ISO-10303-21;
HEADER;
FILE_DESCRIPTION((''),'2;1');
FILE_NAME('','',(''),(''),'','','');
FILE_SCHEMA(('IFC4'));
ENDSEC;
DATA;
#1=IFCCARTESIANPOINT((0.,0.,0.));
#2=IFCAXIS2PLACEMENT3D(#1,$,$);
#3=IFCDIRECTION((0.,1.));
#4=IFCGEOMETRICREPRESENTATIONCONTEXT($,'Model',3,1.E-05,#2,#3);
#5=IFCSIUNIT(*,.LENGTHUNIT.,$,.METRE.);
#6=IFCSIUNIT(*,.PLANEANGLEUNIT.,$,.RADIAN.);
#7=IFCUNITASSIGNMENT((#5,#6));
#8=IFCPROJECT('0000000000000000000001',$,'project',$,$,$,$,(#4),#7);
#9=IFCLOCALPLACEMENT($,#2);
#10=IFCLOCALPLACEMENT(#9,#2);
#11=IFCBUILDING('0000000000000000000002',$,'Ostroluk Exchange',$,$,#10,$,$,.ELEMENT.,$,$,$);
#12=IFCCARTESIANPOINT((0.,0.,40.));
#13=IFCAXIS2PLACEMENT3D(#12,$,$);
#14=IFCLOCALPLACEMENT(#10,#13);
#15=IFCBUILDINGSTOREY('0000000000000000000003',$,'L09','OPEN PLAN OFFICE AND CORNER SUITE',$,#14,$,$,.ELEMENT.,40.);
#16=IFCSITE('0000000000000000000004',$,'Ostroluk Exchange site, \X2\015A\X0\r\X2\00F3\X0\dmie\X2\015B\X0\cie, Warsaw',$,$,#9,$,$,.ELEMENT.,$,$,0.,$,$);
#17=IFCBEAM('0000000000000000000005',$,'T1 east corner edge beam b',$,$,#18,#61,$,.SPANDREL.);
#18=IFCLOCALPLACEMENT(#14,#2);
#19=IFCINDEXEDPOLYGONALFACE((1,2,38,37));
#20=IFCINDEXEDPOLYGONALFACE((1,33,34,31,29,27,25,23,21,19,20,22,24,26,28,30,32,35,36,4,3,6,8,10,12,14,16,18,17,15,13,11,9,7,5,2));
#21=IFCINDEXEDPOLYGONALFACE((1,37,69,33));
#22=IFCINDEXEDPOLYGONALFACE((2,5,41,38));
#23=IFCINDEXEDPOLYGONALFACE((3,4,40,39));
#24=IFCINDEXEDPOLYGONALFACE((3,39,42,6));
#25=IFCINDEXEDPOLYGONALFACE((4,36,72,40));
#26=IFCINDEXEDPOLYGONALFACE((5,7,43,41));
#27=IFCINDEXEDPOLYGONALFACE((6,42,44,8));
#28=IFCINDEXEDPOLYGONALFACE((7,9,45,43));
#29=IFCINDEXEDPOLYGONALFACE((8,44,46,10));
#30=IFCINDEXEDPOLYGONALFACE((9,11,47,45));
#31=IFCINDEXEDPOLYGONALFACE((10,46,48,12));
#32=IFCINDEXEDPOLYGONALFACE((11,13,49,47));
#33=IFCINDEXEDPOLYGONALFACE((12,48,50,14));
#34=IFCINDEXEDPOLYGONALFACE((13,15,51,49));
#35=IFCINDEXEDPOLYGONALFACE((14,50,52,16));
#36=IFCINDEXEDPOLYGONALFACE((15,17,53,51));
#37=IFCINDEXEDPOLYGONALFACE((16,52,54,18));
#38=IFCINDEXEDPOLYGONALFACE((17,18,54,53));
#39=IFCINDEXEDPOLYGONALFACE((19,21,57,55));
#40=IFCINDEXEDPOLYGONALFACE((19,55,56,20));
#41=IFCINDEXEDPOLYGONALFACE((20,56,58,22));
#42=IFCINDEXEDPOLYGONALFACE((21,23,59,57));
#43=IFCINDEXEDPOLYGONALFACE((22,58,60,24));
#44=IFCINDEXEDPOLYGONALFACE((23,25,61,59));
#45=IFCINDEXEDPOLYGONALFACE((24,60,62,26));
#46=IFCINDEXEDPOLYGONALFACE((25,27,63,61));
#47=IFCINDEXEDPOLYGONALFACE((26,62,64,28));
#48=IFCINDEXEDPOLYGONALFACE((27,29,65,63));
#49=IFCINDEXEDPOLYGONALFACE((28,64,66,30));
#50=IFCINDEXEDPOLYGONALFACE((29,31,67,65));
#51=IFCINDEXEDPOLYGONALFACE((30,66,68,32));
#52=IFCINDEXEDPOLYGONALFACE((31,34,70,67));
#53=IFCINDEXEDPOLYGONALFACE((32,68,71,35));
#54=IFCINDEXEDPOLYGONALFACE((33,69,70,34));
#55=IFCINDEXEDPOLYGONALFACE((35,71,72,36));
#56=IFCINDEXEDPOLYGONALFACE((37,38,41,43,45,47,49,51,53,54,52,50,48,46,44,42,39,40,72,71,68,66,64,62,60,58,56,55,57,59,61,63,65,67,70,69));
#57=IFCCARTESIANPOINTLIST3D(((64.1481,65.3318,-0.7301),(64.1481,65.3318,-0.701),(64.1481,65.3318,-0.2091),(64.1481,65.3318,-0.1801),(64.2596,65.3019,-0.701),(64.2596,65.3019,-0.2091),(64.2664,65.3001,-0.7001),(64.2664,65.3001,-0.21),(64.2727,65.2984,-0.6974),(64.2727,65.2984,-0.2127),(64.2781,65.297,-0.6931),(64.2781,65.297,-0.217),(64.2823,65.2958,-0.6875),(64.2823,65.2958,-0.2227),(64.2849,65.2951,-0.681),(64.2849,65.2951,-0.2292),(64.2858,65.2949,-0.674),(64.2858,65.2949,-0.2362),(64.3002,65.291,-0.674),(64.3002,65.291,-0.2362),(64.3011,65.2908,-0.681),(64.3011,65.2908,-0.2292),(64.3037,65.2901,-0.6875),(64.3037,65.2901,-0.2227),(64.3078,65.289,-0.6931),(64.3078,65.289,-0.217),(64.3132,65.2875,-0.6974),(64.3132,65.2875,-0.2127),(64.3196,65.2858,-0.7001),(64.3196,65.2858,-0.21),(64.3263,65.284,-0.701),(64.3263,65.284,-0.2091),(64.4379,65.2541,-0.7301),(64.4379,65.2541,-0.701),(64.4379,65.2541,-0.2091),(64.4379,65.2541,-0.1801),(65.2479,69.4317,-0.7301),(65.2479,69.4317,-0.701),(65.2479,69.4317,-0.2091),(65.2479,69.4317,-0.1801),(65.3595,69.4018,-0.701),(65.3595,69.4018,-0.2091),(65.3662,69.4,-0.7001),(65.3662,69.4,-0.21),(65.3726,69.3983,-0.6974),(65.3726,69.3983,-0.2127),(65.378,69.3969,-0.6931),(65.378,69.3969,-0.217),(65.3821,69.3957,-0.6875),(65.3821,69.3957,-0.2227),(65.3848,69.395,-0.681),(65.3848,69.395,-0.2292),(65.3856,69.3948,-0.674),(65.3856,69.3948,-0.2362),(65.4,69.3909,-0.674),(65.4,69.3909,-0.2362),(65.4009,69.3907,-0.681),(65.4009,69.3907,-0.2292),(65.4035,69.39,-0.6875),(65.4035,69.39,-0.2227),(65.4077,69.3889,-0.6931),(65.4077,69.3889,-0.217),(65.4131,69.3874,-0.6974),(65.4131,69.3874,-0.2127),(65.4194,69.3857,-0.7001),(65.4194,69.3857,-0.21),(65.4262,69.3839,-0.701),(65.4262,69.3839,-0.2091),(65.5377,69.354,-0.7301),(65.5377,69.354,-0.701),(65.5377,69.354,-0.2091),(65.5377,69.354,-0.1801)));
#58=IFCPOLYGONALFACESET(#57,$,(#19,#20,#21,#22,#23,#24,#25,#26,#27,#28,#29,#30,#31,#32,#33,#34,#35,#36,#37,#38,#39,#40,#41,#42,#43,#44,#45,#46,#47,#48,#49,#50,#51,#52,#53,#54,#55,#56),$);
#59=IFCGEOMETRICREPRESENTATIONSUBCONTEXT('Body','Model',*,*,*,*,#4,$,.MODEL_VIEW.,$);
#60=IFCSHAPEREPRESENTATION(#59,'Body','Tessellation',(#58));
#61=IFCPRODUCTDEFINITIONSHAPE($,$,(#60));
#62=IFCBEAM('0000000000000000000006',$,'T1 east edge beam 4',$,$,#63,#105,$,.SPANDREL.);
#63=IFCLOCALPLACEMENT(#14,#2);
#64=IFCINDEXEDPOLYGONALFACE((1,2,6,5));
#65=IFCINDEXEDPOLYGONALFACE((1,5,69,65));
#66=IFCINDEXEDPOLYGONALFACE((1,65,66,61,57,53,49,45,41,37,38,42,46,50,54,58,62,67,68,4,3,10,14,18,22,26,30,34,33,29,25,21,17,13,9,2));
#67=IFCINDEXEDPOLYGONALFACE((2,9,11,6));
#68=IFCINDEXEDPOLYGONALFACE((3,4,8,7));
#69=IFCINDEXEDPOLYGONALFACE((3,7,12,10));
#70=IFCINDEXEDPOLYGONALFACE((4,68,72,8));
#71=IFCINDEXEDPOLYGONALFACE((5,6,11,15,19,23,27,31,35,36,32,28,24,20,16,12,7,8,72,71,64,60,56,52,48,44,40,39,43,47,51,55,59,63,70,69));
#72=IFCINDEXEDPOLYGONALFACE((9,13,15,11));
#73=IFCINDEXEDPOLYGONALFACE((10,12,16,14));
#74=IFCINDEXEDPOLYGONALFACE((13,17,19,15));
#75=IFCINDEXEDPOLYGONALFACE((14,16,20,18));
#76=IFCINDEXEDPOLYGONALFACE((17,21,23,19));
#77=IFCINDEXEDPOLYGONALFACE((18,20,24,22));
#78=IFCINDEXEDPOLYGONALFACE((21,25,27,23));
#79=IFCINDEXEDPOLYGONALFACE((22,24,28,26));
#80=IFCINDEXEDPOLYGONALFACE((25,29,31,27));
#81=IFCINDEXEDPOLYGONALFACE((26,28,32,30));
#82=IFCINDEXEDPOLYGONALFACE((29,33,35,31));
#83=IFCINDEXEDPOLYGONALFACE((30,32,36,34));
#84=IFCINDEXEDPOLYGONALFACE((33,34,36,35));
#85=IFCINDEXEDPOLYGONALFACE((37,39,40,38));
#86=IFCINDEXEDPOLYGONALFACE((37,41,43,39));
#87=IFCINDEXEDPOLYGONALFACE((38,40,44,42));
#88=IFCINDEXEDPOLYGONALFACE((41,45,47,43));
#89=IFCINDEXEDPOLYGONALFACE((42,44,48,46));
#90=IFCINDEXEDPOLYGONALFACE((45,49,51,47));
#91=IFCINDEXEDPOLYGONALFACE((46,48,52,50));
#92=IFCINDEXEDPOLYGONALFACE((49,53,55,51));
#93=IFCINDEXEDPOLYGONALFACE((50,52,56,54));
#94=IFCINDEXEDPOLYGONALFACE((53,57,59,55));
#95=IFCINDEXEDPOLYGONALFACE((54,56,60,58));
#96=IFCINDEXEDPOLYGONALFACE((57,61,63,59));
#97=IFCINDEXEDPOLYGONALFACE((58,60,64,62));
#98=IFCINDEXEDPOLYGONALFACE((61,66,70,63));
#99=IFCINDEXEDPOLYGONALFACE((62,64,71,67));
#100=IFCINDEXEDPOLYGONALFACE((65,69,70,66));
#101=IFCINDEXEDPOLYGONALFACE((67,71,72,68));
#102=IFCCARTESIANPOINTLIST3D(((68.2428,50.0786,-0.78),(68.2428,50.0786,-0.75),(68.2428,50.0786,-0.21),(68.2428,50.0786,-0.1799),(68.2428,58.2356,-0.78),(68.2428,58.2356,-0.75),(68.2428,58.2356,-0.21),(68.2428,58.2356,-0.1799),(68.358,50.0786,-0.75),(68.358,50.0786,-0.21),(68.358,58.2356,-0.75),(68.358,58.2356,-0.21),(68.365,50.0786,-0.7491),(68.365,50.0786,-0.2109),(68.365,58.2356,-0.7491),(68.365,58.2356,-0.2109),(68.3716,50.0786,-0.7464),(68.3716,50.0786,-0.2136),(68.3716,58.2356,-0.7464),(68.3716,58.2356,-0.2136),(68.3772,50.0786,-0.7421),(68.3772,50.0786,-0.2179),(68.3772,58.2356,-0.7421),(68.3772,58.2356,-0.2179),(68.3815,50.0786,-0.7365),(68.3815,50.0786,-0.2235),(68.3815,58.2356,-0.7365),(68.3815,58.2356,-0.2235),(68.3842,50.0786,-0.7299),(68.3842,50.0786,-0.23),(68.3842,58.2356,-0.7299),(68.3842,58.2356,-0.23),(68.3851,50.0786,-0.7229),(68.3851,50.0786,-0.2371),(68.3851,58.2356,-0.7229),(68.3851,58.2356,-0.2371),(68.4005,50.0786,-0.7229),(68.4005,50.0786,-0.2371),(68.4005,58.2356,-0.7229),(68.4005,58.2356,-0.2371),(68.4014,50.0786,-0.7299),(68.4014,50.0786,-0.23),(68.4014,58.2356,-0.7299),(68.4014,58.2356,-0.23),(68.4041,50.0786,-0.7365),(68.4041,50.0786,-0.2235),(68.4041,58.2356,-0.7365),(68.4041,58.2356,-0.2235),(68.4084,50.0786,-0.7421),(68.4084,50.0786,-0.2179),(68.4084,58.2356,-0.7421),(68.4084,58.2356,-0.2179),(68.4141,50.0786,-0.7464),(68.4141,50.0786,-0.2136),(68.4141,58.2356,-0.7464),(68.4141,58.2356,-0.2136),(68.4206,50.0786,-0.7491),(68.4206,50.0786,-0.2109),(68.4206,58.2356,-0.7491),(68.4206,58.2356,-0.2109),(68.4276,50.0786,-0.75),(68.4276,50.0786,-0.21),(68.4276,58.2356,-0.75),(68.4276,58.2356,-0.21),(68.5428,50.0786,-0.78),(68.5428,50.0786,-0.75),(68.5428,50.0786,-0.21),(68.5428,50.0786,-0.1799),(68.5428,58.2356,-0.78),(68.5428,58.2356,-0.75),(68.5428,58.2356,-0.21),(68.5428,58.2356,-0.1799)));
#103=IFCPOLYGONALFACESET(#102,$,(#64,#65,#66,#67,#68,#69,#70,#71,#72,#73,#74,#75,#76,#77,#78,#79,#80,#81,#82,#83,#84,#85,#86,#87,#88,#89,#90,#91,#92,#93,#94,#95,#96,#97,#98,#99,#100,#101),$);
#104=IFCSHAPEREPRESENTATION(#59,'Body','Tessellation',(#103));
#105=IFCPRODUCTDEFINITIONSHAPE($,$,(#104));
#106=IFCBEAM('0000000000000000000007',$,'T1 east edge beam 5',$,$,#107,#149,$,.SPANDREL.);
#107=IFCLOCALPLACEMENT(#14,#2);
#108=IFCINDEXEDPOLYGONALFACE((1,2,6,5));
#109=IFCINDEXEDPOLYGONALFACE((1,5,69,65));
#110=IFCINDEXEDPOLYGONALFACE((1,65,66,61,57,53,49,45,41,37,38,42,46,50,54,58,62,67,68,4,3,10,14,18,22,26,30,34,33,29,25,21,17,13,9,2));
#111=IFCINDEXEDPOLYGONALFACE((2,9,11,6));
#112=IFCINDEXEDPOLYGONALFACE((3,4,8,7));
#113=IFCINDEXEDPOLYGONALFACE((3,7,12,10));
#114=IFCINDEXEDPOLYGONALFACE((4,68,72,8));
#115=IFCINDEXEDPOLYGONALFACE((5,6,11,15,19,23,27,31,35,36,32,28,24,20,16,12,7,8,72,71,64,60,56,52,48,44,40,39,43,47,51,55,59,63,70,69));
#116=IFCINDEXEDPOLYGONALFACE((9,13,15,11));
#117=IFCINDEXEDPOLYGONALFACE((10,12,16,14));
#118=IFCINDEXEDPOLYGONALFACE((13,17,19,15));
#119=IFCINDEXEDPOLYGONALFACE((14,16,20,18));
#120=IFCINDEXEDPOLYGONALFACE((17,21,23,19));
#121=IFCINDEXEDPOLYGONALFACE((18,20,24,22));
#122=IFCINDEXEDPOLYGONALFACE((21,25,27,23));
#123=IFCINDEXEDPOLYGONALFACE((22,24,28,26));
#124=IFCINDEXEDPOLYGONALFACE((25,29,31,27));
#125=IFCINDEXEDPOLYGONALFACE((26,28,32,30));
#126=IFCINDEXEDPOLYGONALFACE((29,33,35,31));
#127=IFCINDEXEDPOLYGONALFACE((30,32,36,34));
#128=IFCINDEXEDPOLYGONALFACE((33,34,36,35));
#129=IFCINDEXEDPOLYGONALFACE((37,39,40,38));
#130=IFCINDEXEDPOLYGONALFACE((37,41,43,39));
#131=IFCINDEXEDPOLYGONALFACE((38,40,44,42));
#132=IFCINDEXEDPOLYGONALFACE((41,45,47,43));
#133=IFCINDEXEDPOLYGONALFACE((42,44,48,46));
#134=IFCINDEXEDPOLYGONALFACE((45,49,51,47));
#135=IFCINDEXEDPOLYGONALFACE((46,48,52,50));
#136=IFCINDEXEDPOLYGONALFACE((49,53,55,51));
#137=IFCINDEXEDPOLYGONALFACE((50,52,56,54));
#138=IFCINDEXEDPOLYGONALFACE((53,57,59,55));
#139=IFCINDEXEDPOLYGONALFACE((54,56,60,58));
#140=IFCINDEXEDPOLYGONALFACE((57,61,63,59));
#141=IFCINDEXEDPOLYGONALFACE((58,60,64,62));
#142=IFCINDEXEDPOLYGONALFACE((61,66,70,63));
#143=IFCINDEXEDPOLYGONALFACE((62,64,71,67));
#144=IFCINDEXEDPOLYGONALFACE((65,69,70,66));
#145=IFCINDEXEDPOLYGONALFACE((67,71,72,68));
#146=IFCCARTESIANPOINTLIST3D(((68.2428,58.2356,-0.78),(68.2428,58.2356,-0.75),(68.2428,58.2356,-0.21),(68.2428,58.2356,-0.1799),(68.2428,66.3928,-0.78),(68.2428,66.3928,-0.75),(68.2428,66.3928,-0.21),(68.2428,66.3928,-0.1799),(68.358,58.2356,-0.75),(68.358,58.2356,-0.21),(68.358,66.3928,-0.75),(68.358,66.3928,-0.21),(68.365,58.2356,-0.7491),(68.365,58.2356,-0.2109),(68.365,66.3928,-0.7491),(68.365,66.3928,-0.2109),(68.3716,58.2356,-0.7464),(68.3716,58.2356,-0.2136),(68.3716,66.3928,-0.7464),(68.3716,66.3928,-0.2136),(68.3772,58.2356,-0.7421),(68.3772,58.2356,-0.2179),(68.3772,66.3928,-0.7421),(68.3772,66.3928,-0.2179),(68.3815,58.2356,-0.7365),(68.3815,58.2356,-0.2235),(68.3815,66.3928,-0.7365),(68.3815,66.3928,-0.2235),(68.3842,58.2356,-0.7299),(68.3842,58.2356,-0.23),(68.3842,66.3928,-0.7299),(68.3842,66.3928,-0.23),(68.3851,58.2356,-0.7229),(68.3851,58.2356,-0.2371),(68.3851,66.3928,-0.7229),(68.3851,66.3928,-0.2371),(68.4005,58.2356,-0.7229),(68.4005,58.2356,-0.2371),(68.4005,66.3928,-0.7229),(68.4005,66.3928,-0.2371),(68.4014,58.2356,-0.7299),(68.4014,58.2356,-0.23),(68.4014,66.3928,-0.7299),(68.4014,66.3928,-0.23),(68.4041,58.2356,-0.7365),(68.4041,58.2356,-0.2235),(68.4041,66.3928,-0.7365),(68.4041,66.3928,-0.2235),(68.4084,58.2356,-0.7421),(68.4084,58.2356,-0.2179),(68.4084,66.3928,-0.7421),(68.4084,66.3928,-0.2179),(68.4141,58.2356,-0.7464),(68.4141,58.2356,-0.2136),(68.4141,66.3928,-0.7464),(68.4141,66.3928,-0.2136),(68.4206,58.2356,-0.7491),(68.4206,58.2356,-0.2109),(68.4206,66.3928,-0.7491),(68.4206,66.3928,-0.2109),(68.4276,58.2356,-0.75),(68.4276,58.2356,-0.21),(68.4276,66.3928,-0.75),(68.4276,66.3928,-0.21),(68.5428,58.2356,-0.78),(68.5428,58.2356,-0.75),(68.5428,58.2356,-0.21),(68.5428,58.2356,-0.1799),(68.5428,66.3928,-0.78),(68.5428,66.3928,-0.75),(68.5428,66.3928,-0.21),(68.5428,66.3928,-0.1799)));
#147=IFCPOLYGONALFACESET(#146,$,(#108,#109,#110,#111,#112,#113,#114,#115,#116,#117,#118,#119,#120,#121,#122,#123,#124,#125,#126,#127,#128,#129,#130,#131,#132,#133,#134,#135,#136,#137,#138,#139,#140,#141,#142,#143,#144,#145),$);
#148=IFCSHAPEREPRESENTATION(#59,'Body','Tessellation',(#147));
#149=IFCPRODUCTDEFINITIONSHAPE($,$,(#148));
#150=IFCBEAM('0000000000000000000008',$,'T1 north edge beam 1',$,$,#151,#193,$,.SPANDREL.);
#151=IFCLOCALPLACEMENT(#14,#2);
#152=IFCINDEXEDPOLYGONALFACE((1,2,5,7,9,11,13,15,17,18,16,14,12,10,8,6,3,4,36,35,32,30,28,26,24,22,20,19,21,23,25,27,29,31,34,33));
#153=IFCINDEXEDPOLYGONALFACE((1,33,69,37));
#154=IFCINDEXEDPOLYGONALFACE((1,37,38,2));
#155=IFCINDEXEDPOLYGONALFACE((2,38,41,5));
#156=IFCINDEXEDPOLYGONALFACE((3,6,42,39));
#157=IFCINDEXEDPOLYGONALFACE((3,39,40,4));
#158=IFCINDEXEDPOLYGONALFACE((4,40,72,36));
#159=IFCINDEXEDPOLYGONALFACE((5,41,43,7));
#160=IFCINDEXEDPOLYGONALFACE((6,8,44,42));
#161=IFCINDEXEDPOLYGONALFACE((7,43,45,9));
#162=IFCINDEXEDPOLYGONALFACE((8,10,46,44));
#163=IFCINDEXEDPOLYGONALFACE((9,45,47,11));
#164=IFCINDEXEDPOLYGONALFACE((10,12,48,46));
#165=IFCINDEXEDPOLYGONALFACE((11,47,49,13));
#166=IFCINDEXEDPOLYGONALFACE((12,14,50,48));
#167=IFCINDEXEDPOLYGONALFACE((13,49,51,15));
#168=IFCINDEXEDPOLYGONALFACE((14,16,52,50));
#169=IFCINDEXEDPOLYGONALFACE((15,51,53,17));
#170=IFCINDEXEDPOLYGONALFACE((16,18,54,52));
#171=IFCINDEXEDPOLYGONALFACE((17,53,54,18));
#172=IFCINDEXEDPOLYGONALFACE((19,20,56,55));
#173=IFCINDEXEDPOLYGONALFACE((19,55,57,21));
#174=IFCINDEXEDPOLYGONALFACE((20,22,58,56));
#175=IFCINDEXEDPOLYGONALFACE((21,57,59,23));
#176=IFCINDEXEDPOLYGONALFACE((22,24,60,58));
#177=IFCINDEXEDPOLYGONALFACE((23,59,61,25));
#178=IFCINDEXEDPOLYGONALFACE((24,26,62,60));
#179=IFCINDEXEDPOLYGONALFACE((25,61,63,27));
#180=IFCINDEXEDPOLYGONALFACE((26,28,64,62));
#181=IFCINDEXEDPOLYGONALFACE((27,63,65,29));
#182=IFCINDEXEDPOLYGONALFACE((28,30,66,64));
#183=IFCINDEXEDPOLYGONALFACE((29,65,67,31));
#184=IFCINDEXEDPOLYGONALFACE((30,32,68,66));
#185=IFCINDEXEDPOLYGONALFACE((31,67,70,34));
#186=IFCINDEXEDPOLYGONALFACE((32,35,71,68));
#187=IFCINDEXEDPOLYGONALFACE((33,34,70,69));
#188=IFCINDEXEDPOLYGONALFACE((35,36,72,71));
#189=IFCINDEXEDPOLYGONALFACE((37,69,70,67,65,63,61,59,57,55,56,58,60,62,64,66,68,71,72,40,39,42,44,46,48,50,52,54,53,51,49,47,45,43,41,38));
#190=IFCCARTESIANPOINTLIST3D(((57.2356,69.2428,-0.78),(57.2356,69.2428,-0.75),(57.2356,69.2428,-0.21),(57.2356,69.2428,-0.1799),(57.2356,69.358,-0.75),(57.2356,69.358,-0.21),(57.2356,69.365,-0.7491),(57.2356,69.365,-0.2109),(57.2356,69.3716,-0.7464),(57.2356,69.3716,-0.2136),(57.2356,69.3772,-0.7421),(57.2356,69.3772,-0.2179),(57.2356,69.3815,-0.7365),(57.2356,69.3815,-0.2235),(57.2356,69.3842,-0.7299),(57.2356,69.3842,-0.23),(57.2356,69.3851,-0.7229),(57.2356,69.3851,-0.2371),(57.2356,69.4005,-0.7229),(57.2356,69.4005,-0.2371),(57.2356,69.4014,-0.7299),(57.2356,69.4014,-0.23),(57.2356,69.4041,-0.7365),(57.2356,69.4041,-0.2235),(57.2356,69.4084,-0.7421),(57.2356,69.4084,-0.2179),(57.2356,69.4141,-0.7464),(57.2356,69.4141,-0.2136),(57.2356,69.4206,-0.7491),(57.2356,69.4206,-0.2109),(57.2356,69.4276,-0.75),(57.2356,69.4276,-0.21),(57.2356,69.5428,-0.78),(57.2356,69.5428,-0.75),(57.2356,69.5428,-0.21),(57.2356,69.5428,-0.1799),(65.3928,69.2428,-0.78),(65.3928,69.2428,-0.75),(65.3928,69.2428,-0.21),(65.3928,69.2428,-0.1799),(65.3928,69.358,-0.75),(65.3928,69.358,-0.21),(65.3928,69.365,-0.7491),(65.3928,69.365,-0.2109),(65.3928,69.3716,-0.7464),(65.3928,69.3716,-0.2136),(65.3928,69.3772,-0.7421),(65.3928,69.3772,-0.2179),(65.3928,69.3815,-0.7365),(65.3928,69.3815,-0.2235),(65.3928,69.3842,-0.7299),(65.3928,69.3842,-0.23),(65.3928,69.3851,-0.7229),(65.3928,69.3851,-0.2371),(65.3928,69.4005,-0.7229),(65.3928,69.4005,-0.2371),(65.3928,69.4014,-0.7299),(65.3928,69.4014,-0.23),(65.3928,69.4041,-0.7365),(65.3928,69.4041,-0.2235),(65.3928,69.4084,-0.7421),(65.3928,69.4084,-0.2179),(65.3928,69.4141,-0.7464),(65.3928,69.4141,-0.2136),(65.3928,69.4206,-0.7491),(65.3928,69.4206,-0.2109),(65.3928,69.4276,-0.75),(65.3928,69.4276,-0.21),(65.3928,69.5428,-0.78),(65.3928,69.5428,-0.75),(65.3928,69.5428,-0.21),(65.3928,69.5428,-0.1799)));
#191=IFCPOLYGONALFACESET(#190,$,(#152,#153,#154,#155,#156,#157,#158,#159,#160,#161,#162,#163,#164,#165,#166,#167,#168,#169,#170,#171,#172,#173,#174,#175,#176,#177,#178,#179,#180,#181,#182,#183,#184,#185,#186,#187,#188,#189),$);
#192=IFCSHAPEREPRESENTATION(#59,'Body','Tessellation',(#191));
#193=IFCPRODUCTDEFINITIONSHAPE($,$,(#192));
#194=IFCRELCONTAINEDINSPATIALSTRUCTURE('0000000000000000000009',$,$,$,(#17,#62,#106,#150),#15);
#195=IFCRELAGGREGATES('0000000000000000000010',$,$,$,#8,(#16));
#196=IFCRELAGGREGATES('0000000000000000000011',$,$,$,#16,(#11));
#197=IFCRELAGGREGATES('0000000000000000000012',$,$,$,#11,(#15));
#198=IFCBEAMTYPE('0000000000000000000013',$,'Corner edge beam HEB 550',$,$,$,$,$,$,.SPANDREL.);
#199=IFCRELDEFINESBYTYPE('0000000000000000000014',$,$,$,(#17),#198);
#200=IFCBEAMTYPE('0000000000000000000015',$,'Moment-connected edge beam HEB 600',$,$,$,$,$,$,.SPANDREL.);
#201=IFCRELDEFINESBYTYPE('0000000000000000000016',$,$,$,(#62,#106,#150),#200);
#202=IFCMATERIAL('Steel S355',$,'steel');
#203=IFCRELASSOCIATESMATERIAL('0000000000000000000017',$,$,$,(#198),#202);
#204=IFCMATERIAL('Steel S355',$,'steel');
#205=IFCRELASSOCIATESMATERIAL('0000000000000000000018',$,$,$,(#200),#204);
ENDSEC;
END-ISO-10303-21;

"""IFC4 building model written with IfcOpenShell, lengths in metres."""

from ifc_helpers import new_model, si_unit, direction, frame, origin, origin_2d, place, context, subcontext, project, spatial, i_section, extrude, material, material_profile, profile_set, type_object, element, save


model = new_model("IFC4")

# Units and contexts
model_context = context("Model", 3, precision=1e-05, world=origin(), true_north=direction((0.0, 1.0)))
body_context = subcontext(model_context, "Body", "Model", "MODEL_VIEW")
ifc_project = project(units=[si_unit("LENGTHUNIT", "METRE"), si_unit("PLANEANGLEUNIT", "RADIAN")], contexts=[model_context])

# Site, building, storey
site_placement = place(None, origin())
site = spatial("IfcSite", under=ifc_project, at=site_placement, Name="Ostroluk Exchange site, Śródmieście, Warsaw", CompositionType="ELEMENT", RefElevation=0.0)
building_placement = place(site_placement, origin())
building = spatial("IfcBuilding", under=site, at=building_placement, Name="Ostroluk Exchange", CompositionType="ELEMENT")
storey_placement = place(building_placement, frame((0.0, 0.0, 40.0)))
storey = spatial("IfcBuildingStorey", under=building, at=storey_placement, Name="L09", Description="OPEN PLAN OFFICE AND CORNER SUITE", CompositionType="ELEMENT", Elevation=40.0)

# Beams
ifc_material_1 = material(Name="Steel S355", Category="steel")
ifc_material_profile_1 = material_profile(ifc_material_1, i_section(OverallWidth=0.3, OverallDepth=0.55, WebThickness=0.0149, FlangeThickness=0.0291, FilletRadius=0.0271, at=origin_2d()), Name="HEB 550")
ifc_profile_set_1 = profile_set([ifc_material_profile_1], Name="Steel S355")
beam_type_1 = type_object("IfcBeamType", Name="Corner edge beam HEB 550", PredefinedType="SPANDREL", material=ifc_profile_set_1)
for number, where, z_axis, x_axis, name in (
    (1, (64.293, 65.293, -0.4551), (0.259105, 0.965849, 0.0), (-0.965849, 0.259105, 0.0), "T1 east corner edge beam b"),
):
    element("IfcBeam", number, at=place(storey_placement, frame(where, z_axis=z_axis, x_axis=x_axis)), inside=storey, type_object=beam_type_1, Name=name, PredefinedType="SPANDREL", context=body_context, shape_type="SweptSolid", body=[
        extrude(i_section(OverallWidth=0.3, OverallDepth=0.55, WebThickness=0.0149, FlangeThickness=0.0291, FilletRadius=0.0271, at=origin_2d()), origin(), (0.0, 0.0, 1.0), 4.2449),
    ])
ifc_material_2 = material(Name="Steel S355", Category="steel")
ifc_material_profile_2 = material_profile(ifc_material_2, i_section(OverallWidth=0.3, OverallDepth=0.6001, WebThickness=0.0154, FlangeThickness=0.03, FilletRadius=0.0271, at=origin_2d()), Name="HEB 600")
ifc_profile_set_2 = profile_set([ifc_material_profile_2], Name="Steel S355")
beam_type_2 = type_object("IfcBeamType", Name="Moment-connected edge beam HEB 600", PredefinedType="SPANDREL", material=ifc_profile_set_2)
beam_1_placement = place(storey_placement, frame((68.3928, 50.0786, -0.48), z_axis=(0.0, 1.0, 0.0), x_axis=(-1.0, 0.0, 0.0)))
element("IfcBeam", 2, at=beam_1_placement, inside=storey, type_object=beam_type_2, Name="T1 east edge beam 4", PredefinedType="SPANDREL", context=body_context, shape_type="SweptSolid", body=[
    extrude(i_section(OverallWidth=0.3, OverallDepth=0.6001, WebThickness=0.0154, FlangeThickness=0.03, FilletRadius=0.0271, at=origin_2d()), origin(), (0.0, 0.0, 1.0), 8.157),
])
for number, where, z_axis, x_axis, name in (
    (3, (68.3928, 58.2356, -0.48), (0.0, 1.0, 0.0), (-1.0, 0.0, 0.0), "T1 east edge beam 5"),
    (4, (65.3928, 69.3928, -0.48), (-1.0, 0.0, 0.0), (0.0, -1.0, 0.0), "T1 north edge beam 1"),
):
    element("IfcBeam", number, at=place(storey_placement, frame(where, z_axis=z_axis, x_axis=x_axis)), inside=storey, type_object=beam_type_2, Name=name, PredefinedType="SPANDREL", context=body_context, shape_type="SweptSolid", body=[
        extrude(i_section(OverallWidth=0.3, OverallDepth=0.6001, WebThickness=0.0154, FlangeThickness=0.03, FilletRadius=0.0271, at=origin_2d()), origin(), (0.0, 0.0, 1.0), 8.1572),
    ])

save(model, "model.ifc")
